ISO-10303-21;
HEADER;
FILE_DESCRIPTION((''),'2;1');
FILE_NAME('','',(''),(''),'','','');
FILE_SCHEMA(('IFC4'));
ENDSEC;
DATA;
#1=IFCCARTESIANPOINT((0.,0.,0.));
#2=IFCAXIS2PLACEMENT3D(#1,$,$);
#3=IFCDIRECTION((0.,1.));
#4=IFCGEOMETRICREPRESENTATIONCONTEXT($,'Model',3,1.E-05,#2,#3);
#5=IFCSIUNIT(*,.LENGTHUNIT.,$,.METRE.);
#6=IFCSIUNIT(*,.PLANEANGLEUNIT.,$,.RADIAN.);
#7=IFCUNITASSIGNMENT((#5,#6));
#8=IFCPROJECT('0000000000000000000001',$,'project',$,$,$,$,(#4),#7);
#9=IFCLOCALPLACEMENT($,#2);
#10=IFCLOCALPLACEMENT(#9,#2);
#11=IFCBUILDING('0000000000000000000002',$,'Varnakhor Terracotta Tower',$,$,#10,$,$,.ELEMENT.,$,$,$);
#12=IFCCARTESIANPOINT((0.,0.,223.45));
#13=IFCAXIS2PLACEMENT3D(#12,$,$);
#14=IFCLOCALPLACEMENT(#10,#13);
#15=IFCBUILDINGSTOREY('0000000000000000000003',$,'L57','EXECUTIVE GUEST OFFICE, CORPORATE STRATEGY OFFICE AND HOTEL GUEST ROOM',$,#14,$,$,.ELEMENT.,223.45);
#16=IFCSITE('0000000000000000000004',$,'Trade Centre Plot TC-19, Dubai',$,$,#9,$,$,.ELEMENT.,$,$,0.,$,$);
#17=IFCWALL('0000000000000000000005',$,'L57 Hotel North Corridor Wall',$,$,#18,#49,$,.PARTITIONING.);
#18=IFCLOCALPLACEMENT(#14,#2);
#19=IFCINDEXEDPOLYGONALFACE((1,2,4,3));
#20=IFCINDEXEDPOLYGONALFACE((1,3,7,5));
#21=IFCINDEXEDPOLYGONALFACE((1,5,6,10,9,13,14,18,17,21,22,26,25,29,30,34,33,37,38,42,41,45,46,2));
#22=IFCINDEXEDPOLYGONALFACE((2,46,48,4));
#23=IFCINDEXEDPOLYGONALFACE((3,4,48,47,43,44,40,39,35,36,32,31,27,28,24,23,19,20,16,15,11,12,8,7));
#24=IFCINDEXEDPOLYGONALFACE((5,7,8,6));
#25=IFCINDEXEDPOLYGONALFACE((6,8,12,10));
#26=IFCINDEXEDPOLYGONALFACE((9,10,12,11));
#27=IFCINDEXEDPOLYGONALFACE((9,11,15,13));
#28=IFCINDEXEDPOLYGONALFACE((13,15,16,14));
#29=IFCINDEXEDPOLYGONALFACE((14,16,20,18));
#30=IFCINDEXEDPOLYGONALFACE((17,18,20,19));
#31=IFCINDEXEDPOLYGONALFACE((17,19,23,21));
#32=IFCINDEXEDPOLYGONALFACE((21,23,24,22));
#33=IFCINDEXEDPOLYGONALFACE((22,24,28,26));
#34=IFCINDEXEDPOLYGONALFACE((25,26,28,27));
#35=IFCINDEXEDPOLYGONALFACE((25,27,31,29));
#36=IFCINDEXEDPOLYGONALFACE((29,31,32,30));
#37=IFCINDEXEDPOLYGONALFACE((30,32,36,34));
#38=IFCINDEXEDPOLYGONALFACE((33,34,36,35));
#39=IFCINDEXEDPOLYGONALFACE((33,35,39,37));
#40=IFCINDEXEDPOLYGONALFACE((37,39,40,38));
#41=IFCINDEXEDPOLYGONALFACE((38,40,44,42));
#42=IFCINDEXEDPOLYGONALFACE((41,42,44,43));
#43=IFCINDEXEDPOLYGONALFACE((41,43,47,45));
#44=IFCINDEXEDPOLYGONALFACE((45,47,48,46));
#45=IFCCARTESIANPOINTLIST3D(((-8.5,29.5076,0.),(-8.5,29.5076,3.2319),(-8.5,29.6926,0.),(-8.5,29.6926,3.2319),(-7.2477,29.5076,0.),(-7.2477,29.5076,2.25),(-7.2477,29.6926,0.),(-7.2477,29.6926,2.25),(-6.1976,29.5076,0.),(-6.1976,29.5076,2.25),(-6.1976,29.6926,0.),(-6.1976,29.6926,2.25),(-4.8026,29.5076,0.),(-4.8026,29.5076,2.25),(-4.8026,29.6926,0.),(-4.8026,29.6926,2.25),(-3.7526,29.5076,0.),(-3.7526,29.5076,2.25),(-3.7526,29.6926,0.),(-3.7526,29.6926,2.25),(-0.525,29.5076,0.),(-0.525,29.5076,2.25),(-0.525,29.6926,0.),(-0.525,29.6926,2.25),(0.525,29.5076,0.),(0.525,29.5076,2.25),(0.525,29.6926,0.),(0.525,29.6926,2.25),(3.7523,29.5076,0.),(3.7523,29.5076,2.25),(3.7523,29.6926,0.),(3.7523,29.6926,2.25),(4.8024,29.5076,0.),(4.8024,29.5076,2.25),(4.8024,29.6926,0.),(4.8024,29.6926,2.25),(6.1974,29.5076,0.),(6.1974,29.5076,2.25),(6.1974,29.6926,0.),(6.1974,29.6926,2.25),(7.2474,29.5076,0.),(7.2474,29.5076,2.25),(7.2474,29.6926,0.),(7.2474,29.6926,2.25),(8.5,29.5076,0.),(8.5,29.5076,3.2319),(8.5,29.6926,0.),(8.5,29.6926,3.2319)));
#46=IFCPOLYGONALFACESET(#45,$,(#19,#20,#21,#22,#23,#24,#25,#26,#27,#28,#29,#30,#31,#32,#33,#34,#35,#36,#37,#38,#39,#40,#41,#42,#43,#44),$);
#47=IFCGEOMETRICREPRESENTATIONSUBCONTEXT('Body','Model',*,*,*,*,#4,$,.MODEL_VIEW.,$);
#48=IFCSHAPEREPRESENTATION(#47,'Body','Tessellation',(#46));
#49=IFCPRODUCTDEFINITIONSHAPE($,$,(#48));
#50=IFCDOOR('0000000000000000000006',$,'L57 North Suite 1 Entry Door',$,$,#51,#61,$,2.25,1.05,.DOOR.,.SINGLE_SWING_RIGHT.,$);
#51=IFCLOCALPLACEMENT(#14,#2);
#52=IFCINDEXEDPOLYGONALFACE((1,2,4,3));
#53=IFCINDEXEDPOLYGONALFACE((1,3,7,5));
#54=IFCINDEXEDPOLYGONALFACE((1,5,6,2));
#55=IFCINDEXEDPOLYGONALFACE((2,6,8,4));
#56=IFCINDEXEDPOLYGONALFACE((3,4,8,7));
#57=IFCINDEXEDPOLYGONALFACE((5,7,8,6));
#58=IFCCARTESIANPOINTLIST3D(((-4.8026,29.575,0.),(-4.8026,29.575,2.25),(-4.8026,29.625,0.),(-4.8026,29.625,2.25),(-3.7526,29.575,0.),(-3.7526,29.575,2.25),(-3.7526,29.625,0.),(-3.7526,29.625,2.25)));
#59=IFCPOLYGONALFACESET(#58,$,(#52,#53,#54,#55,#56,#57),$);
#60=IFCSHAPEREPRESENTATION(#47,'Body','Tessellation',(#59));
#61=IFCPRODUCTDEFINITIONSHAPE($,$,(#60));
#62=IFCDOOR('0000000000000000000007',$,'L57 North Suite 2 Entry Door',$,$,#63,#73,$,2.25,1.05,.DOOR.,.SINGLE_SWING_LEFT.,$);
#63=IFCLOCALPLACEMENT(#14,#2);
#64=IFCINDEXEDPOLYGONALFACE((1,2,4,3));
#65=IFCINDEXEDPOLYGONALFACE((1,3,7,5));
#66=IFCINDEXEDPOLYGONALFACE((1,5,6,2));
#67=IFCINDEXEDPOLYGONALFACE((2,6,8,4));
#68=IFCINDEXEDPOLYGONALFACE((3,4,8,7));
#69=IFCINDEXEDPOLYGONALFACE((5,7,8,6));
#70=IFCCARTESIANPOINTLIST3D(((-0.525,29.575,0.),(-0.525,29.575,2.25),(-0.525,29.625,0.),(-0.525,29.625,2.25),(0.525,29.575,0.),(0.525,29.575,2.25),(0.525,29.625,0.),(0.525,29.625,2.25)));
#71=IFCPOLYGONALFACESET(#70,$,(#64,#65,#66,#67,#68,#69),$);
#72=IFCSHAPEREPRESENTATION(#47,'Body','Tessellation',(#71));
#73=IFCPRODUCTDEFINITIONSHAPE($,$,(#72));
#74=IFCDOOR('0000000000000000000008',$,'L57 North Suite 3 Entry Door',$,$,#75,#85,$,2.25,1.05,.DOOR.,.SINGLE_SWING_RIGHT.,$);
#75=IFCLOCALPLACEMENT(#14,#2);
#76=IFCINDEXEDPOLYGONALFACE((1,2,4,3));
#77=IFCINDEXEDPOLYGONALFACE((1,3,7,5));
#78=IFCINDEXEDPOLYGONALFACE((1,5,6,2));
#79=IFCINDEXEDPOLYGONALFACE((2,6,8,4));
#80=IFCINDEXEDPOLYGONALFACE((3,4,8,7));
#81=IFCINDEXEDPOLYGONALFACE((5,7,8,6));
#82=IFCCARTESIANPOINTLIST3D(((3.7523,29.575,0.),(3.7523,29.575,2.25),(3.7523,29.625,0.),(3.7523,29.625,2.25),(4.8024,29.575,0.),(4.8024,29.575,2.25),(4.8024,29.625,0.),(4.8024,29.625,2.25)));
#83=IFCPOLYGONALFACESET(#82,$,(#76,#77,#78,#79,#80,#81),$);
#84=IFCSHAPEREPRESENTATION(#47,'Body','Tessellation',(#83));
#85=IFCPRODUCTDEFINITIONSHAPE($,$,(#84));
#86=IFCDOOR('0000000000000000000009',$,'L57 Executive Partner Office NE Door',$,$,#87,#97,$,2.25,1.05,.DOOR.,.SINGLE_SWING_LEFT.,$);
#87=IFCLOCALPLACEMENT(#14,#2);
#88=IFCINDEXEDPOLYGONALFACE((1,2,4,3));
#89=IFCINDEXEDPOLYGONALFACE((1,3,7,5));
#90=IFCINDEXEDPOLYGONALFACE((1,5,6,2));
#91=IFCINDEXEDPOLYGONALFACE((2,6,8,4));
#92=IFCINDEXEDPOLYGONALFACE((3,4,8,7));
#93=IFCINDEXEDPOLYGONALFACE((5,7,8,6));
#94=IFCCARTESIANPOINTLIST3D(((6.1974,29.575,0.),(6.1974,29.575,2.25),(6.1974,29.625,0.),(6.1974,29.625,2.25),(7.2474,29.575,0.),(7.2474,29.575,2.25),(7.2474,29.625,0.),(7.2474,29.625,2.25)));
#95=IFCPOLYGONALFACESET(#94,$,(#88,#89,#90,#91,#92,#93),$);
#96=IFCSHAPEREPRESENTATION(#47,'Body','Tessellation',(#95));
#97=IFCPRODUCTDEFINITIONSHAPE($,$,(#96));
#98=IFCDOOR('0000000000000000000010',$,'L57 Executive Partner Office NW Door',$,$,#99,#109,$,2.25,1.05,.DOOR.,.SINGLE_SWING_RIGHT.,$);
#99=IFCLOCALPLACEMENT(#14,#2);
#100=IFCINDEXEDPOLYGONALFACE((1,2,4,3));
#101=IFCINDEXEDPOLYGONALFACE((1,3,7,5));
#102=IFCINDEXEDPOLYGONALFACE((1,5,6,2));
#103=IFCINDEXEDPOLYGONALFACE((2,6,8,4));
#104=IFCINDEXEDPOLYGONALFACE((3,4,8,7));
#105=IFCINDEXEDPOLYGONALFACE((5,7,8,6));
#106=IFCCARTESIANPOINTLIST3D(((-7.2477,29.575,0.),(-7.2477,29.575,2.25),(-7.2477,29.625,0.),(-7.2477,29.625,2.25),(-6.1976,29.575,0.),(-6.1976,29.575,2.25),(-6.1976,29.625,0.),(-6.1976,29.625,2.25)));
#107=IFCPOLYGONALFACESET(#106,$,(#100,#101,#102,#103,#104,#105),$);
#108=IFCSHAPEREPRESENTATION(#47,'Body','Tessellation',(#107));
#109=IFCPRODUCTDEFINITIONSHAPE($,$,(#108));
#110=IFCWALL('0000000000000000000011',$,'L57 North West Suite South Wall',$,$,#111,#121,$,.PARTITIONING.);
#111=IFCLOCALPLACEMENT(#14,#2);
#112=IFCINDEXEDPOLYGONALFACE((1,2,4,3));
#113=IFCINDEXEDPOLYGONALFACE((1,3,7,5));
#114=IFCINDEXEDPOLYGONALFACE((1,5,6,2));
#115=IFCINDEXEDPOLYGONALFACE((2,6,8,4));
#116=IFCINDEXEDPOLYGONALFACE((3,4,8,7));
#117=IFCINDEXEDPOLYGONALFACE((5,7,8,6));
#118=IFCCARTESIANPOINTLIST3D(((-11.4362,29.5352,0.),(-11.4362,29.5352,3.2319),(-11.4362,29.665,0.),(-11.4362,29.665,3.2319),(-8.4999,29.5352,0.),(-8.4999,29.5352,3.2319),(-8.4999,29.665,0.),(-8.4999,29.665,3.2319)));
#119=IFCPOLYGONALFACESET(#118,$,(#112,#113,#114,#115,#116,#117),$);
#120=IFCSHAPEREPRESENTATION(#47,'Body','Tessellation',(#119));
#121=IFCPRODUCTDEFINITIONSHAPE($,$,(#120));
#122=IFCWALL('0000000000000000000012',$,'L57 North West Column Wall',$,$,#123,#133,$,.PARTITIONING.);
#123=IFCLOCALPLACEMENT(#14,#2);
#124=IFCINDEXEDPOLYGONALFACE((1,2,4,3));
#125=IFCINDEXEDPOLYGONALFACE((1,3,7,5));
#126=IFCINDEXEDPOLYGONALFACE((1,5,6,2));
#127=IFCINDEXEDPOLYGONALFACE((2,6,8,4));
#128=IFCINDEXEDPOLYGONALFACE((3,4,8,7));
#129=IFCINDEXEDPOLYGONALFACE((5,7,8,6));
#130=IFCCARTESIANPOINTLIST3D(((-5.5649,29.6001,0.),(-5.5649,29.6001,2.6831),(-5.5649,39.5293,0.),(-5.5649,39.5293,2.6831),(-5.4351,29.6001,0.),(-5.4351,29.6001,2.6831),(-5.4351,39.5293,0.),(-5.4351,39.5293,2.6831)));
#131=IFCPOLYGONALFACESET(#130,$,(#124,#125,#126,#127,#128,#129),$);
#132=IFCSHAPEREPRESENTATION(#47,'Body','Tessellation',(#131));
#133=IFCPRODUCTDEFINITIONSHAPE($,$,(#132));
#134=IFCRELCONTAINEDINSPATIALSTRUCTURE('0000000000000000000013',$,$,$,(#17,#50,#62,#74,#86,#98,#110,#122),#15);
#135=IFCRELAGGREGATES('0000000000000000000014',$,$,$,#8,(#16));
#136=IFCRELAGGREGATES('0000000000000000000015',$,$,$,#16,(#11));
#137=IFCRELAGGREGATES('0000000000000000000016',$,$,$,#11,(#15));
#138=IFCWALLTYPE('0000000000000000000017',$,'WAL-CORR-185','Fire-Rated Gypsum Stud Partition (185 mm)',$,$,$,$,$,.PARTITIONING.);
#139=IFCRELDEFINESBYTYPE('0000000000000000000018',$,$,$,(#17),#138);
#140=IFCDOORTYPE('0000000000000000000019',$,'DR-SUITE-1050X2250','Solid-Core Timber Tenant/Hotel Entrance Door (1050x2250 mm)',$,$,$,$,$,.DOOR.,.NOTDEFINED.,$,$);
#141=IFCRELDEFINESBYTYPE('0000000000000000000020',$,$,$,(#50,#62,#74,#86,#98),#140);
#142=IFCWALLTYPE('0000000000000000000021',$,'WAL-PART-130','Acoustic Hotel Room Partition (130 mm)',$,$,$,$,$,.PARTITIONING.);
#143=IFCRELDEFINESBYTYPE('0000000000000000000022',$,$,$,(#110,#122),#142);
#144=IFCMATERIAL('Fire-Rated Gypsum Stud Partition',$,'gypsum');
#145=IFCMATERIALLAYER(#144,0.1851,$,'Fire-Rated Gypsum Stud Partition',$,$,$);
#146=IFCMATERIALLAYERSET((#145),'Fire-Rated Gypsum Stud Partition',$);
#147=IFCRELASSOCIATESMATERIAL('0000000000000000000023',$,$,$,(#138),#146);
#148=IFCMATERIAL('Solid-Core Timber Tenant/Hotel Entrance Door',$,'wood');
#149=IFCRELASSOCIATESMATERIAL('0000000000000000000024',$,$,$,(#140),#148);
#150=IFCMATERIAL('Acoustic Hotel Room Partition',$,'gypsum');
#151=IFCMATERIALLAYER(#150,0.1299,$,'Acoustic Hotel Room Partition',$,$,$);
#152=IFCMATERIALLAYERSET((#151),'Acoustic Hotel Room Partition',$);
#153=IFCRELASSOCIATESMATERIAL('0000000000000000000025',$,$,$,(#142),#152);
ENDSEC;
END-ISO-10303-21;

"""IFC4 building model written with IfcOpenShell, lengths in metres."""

from ifc_helpers import new_model, si_unit, direction, frame, frame_2d, origin, place, context, subcontext, project, spatial, rectangle, extrude, source, transform, mapped, material, layer, layer_set, type_object, type_shapes, element, fill, save


model = new_model("IFC4")

# Units and contexts
model_context = context("Model", 3, precision=1e-05, world=origin(), true_north=direction((0.0, 1.0)))
body_context = subcontext(model_context, "Body", "Model", "MODEL_VIEW")
ifc_project = project(units=[si_unit("LENGTHUNIT", "METRE"), si_unit("PLANEANGLEUNIT", "RADIAN")], contexts=[model_context])

# Site, building, storey
site_placement = place(None, origin())
site = spatial("IfcSite", under=ifc_project, at=site_placement, Name="Trade Centre Plot TC-19, Dubai", CompositionType="ELEMENT", RefElevation=0.0)
building_placement = place(site_placement, origin())
building = spatial("IfcBuilding", under=site, at=building_placement, Name="Varnakhor Terracotta Tower", CompositionType="ELEMENT")
storey_placement = place(building_placement, frame((0.0, 0.0, 223.45)))
storey = spatial("IfcBuildingStorey", under=building, at=storey_placement, Name="L57", Description="EXECUTIVE GUEST OFFICE, CORPORATE STRATEGY OFFICE AND HOTEL GUEST ROOM", CompositionType="ELEMENT", Elevation=223.45)

# Shared definitions
ifc_material_1 = material(Name="Fire-Rated Gypsum Stud Partition", Category="gypsum")
ifc_layer_1 = layer(ifc_material_1, 0.1851, Name="Fire-Rated Gypsum Stud Partition")
ifc_layer_set_1 = layer_set([ifc_layer_1], Name="Fire-Rated Gypsum Stud Partition")
wall_type_1 = type_object("IfcWallType", Name="WAL-CORR-185", Description="Fire-Rated Gypsum Stud Partition (185 mm)", PredefinedType="PARTITIONING", material=ifc_layer_set_1)

# Wall, openings, doors
wall_1_placement = place(storey_placement, frame((-8.5, 29.6001, 0.0), z_axis=(0.0, 0.0, 1.0), x_axis=(1.0, 0.0, 0.0)))
wall_1 = element("IfcWall", 1, at=wall_1_placement, inside=storey, type_object=wall_type_1, Name="L57 Hotel North Corridor Wall", PredefinedType="PARTITIONING", context=body_context, shape_type="SweptSolid", body=[
    extrude(rectangle(XDim=17.0, YDim=0.1851, at=frame_2d((8.5, 0.0))), origin(), (0.0, 0.0, 1.0), 3.2319),
])
opening_1_placement = place(wall_1_placement, frame((3.6975, 0.0, 0.0)))
opening_1 = element("IfcOpeningElement", 2, at=opening_1_placement, cuts=wall_1, PredefinedType="OPENING", context=body_context, shape_type="SweptSolid", body=[
    extrude(rectangle(XDim=1.05, YDim=2.25, at=frame_2d((0.5249, 1.125))), frame((0.0, 0.1025, 0.0), z_axis=(0.0, -1.0, 0.0), x_axis=(1.0, 0.0, 0.0)), (0.0, 0.0, 1.0), 0.2051),
])
opening_2_placement = place(wall_1_placement, frame((7.9751, 0.0, 0.0)))
opening_2 = element("IfcOpeningElement", 3, at=opening_2_placement, cuts=wall_1, PredefinedType="OPENING", context=body_context, shape_type="SweptSolid", body=[
    extrude(rectangle(XDim=1.05, YDim=2.25, at=frame_2d((0.5249, 1.125))), frame((0.0, 0.1025, 0.0), z_axis=(0.0, -1.0, 0.0), x_axis=(1.0, 0.0, 0.0)), (0.0, 0.0, 1.0), 0.2051),
])
opening_3_placement = place(wall_1_placement, frame((12.2524, 0.0, 0.0)))
opening_3 = element("IfcOpeningElement", 4, at=opening_3_placement, cuts=wall_1, PredefinedType="OPENING", context=body_context, shape_type="SweptSolid", body=[
    extrude(rectangle(XDim=1.05, YDim=2.25, at=frame_2d((0.5249, 1.125))), frame((0.0, 0.1025, 0.0), z_axis=(0.0, -1.0, 0.0), x_axis=(1.0, 0.0, 0.0)), (0.0, 0.0, 1.0), 0.2051),
])
opening_4_placement = place(wall_1_placement, frame((14.6975, 0.0, 0.0)))
opening_4 = element("IfcOpeningElement", 5, at=opening_4_placement, cuts=wall_1, PredefinedType="OPENING", context=body_context, shape_type="SweptSolid", body=[
    extrude(rectangle(XDim=1.05, YDim=2.25, at=frame_2d((0.5249, 1.125))), frame((0.0, 0.1025, 0.0), z_axis=(0.0, -1.0, 0.0), x_axis=(1.0, 0.0, 0.0)), (0.0, 0.0, 1.0), 0.2051),
])
opening_5_placement = place(wall_1_placement, frame((1.2524, 0.0, 0.0)))
opening_5 = element("IfcOpeningElement", 6, at=opening_5_placement, cuts=wall_1, PredefinedType="OPENING", context=body_context, shape_type="SweptSolid", body=[
    extrude(rectangle(XDim=1.05, YDim=2.25, at=frame_2d((0.5249, 1.125))), frame((0.0, 0.1025, 0.0), z_axis=(0.0, -1.0, 0.0), x_axis=(1.0, 0.0, 0.0)), (0.0, 0.0, 1.0), 0.2051),
])
ifc_material_2 = material(Name="Solid-Core Timber Tenant/Hotel Entrance Door", Category="wood")
door_type_1 = type_object("IfcDoorType", Name="DR-SUITE-1050X2250", Description="Solid-Core Timber Tenant/Hotel Entrance Door (1050x2250 mm)", OperationType="NOTDEFINED", PredefinedType="DOOR", material=ifc_material_2)
shared_shape_1 = source(origin(), body_context, "Body", "SweptSolid", [
    extrude(rectangle(XDim=1.05, YDim=2.25, at=frame_2d((0.5249, 1.125))), frame((0.0, 0.0249, 0.0), z_axis=(0.0, -1.0, 0.0), x_axis=(1.0, 0.0, 0.0)), (0.0, 0.0, 1.0), 0.05),
])
type_shapes(door_type_1, [shared_shape_1])
door_1_placement = place(opening_1_placement, origin())
door_1 = element("IfcDoor", 7, at=door_1_placement, inside=storey, type_object=door_type_1, Name="L57 North Suite 1 Entry Door", OperationType="SINGLE_SWING_RIGHT", OverallHeight=2.25, OverallWidth=1.05, PredefinedType="DOOR", context=body_context, shape_type="MappedRepresentation", body=[
    mapped(shared_shape_1, transform((0.0, 0.0, 0.0), scale=1.0)),
])
fill(opening_1, door_1)
door_2_placement = place(opening_2_placement, origin())
door_2 = element("IfcDoor", 8, at=door_2_placement, inside=storey, type_object=door_type_1, Name="L57 North Suite 2 Entry Door", OperationType="SINGLE_SWING_LEFT", OverallHeight=2.25, OverallWidth=1.05, PredefinedType="DOOR", context=body_context, shape_type="MappedRepresentation", body=[
    mapped(shared_shape_1, transform((0.0, 0.0, 0.0), scale=1.0)),
])
fill(opening_2, door_2)
door_3_placement = place(opening_3_placement, origin())
door_3 = element("IfcDoor", 9, at=door_3_placement, inside=storey, type_object=door_type_1, Name="L57 North Suite 3 Entry Door", OperationType="SINGLE_SWING_RIGHT", OverallHeight=2.25, OverallWidth=1.05, PredefinedType="DOOR", context=body_context, shape_type="MappedRepresentation", body=[
    mapped(shared_shape_1, transform((0.0, 0.0, 0.0), scale=1.0)),
])
fill(opening_3, door_3)
door_4_placement = place(opening_4_placement, origin())
door_4 = element("IfcDoor", 10, at=door_4_placement, inside=storey, type_object=door_type_1, Name="L57 Executive Partner Office NE Door", OperationType="SINGLE_SWING_LEFT", OverallHeight=2.25, OverallWidth=1.05, PredefinedType="DOOR", context=body_context, shape_type="MappedRepresentation", body=[
    mapped(shared_shape_1, transform((0.0, 0.0, 0.0), scale=1.0)),
])
fill(opening_4, door_4)
door_5_placement = place(opening_5_placement, origin())
door_5 = element("IfcDoor", 11, at=door_5_placement, inside=storey, type_object=door_type_1, Name="L57 Executive Partner Office NW Door", OperationType="SINGLE_SWING_RIGHT", OverallHeight=2.25, OverallWidth=1.05, PredefinedType="DOOR", context=body_context, shape_type="MappedRepresentation", body=[
    mapped(shared_shape_1, transform((0.0, 0.0, 0.0), scale=1.0)),
])
fill(opening_5, door_5)

# Walls
ifc_material_3 = material(Name="Acoustic Hotel Room Partition", Category="gypsum")
ifc_layer_2 = layer(ifc_material_3, 0.1299, Name="Acoustic Hotel Room Partition")
ifc_layer_set_2 = layer_set([ifc_layer_2], Name="Acoustic Hotel Room Partition")
wall_type_2 = type_object("IfcWallType", Name="WAL-PART-130", Description="Acoustic Hotel Room Partition (130 mm)", PredefinedType="PARTITIONING", material=ifc_layer_set_2)
wall_2_placement = place(storey_placement, frame((-11.4363, 29.6001, 0.0), z_axis=(0.0, 0.0, 1.0), x_axis=(1.0, 0.0, 0.0)))
element("IfcWall", 12, at=wall_2_placement, inside=storey, type_object=wall_type_2, Name="L57 North West Suite South Wall", PredefinedType="PARTITIONING", context=body_context, shape_type="SweptSolid", body=[
    extrude(rectangle(XDim=2.9363, YDim=0.1299, at=frame_2d((1.4683, 0.0))), origin(), (0.0, 0.0, 1.0), 3.2319),
])
wall_3_placement = place(storey_placement, frame((-5.5, 29.6001, 0.0), z_axis=(0.0, 0.0, 1.0), x_axis=(0.0, 1.0, 0.0)))
element("IfcWall", 13, at=wall_3_placement, inside=storey, type_object=wall_type_2, Name="L57 North West Column Wall", PredefinedType="PARTITIONING", context=body_context, shape_type="SweptSolid", body=[
    extrude(rectangle(XDim=9.9292, YDim=0.1299, at=frame_2d((4.9646, 0.0))), origin(), (0.0, 0.0, 1.0), 2.6831),
])

save(model, "model.ifc")
